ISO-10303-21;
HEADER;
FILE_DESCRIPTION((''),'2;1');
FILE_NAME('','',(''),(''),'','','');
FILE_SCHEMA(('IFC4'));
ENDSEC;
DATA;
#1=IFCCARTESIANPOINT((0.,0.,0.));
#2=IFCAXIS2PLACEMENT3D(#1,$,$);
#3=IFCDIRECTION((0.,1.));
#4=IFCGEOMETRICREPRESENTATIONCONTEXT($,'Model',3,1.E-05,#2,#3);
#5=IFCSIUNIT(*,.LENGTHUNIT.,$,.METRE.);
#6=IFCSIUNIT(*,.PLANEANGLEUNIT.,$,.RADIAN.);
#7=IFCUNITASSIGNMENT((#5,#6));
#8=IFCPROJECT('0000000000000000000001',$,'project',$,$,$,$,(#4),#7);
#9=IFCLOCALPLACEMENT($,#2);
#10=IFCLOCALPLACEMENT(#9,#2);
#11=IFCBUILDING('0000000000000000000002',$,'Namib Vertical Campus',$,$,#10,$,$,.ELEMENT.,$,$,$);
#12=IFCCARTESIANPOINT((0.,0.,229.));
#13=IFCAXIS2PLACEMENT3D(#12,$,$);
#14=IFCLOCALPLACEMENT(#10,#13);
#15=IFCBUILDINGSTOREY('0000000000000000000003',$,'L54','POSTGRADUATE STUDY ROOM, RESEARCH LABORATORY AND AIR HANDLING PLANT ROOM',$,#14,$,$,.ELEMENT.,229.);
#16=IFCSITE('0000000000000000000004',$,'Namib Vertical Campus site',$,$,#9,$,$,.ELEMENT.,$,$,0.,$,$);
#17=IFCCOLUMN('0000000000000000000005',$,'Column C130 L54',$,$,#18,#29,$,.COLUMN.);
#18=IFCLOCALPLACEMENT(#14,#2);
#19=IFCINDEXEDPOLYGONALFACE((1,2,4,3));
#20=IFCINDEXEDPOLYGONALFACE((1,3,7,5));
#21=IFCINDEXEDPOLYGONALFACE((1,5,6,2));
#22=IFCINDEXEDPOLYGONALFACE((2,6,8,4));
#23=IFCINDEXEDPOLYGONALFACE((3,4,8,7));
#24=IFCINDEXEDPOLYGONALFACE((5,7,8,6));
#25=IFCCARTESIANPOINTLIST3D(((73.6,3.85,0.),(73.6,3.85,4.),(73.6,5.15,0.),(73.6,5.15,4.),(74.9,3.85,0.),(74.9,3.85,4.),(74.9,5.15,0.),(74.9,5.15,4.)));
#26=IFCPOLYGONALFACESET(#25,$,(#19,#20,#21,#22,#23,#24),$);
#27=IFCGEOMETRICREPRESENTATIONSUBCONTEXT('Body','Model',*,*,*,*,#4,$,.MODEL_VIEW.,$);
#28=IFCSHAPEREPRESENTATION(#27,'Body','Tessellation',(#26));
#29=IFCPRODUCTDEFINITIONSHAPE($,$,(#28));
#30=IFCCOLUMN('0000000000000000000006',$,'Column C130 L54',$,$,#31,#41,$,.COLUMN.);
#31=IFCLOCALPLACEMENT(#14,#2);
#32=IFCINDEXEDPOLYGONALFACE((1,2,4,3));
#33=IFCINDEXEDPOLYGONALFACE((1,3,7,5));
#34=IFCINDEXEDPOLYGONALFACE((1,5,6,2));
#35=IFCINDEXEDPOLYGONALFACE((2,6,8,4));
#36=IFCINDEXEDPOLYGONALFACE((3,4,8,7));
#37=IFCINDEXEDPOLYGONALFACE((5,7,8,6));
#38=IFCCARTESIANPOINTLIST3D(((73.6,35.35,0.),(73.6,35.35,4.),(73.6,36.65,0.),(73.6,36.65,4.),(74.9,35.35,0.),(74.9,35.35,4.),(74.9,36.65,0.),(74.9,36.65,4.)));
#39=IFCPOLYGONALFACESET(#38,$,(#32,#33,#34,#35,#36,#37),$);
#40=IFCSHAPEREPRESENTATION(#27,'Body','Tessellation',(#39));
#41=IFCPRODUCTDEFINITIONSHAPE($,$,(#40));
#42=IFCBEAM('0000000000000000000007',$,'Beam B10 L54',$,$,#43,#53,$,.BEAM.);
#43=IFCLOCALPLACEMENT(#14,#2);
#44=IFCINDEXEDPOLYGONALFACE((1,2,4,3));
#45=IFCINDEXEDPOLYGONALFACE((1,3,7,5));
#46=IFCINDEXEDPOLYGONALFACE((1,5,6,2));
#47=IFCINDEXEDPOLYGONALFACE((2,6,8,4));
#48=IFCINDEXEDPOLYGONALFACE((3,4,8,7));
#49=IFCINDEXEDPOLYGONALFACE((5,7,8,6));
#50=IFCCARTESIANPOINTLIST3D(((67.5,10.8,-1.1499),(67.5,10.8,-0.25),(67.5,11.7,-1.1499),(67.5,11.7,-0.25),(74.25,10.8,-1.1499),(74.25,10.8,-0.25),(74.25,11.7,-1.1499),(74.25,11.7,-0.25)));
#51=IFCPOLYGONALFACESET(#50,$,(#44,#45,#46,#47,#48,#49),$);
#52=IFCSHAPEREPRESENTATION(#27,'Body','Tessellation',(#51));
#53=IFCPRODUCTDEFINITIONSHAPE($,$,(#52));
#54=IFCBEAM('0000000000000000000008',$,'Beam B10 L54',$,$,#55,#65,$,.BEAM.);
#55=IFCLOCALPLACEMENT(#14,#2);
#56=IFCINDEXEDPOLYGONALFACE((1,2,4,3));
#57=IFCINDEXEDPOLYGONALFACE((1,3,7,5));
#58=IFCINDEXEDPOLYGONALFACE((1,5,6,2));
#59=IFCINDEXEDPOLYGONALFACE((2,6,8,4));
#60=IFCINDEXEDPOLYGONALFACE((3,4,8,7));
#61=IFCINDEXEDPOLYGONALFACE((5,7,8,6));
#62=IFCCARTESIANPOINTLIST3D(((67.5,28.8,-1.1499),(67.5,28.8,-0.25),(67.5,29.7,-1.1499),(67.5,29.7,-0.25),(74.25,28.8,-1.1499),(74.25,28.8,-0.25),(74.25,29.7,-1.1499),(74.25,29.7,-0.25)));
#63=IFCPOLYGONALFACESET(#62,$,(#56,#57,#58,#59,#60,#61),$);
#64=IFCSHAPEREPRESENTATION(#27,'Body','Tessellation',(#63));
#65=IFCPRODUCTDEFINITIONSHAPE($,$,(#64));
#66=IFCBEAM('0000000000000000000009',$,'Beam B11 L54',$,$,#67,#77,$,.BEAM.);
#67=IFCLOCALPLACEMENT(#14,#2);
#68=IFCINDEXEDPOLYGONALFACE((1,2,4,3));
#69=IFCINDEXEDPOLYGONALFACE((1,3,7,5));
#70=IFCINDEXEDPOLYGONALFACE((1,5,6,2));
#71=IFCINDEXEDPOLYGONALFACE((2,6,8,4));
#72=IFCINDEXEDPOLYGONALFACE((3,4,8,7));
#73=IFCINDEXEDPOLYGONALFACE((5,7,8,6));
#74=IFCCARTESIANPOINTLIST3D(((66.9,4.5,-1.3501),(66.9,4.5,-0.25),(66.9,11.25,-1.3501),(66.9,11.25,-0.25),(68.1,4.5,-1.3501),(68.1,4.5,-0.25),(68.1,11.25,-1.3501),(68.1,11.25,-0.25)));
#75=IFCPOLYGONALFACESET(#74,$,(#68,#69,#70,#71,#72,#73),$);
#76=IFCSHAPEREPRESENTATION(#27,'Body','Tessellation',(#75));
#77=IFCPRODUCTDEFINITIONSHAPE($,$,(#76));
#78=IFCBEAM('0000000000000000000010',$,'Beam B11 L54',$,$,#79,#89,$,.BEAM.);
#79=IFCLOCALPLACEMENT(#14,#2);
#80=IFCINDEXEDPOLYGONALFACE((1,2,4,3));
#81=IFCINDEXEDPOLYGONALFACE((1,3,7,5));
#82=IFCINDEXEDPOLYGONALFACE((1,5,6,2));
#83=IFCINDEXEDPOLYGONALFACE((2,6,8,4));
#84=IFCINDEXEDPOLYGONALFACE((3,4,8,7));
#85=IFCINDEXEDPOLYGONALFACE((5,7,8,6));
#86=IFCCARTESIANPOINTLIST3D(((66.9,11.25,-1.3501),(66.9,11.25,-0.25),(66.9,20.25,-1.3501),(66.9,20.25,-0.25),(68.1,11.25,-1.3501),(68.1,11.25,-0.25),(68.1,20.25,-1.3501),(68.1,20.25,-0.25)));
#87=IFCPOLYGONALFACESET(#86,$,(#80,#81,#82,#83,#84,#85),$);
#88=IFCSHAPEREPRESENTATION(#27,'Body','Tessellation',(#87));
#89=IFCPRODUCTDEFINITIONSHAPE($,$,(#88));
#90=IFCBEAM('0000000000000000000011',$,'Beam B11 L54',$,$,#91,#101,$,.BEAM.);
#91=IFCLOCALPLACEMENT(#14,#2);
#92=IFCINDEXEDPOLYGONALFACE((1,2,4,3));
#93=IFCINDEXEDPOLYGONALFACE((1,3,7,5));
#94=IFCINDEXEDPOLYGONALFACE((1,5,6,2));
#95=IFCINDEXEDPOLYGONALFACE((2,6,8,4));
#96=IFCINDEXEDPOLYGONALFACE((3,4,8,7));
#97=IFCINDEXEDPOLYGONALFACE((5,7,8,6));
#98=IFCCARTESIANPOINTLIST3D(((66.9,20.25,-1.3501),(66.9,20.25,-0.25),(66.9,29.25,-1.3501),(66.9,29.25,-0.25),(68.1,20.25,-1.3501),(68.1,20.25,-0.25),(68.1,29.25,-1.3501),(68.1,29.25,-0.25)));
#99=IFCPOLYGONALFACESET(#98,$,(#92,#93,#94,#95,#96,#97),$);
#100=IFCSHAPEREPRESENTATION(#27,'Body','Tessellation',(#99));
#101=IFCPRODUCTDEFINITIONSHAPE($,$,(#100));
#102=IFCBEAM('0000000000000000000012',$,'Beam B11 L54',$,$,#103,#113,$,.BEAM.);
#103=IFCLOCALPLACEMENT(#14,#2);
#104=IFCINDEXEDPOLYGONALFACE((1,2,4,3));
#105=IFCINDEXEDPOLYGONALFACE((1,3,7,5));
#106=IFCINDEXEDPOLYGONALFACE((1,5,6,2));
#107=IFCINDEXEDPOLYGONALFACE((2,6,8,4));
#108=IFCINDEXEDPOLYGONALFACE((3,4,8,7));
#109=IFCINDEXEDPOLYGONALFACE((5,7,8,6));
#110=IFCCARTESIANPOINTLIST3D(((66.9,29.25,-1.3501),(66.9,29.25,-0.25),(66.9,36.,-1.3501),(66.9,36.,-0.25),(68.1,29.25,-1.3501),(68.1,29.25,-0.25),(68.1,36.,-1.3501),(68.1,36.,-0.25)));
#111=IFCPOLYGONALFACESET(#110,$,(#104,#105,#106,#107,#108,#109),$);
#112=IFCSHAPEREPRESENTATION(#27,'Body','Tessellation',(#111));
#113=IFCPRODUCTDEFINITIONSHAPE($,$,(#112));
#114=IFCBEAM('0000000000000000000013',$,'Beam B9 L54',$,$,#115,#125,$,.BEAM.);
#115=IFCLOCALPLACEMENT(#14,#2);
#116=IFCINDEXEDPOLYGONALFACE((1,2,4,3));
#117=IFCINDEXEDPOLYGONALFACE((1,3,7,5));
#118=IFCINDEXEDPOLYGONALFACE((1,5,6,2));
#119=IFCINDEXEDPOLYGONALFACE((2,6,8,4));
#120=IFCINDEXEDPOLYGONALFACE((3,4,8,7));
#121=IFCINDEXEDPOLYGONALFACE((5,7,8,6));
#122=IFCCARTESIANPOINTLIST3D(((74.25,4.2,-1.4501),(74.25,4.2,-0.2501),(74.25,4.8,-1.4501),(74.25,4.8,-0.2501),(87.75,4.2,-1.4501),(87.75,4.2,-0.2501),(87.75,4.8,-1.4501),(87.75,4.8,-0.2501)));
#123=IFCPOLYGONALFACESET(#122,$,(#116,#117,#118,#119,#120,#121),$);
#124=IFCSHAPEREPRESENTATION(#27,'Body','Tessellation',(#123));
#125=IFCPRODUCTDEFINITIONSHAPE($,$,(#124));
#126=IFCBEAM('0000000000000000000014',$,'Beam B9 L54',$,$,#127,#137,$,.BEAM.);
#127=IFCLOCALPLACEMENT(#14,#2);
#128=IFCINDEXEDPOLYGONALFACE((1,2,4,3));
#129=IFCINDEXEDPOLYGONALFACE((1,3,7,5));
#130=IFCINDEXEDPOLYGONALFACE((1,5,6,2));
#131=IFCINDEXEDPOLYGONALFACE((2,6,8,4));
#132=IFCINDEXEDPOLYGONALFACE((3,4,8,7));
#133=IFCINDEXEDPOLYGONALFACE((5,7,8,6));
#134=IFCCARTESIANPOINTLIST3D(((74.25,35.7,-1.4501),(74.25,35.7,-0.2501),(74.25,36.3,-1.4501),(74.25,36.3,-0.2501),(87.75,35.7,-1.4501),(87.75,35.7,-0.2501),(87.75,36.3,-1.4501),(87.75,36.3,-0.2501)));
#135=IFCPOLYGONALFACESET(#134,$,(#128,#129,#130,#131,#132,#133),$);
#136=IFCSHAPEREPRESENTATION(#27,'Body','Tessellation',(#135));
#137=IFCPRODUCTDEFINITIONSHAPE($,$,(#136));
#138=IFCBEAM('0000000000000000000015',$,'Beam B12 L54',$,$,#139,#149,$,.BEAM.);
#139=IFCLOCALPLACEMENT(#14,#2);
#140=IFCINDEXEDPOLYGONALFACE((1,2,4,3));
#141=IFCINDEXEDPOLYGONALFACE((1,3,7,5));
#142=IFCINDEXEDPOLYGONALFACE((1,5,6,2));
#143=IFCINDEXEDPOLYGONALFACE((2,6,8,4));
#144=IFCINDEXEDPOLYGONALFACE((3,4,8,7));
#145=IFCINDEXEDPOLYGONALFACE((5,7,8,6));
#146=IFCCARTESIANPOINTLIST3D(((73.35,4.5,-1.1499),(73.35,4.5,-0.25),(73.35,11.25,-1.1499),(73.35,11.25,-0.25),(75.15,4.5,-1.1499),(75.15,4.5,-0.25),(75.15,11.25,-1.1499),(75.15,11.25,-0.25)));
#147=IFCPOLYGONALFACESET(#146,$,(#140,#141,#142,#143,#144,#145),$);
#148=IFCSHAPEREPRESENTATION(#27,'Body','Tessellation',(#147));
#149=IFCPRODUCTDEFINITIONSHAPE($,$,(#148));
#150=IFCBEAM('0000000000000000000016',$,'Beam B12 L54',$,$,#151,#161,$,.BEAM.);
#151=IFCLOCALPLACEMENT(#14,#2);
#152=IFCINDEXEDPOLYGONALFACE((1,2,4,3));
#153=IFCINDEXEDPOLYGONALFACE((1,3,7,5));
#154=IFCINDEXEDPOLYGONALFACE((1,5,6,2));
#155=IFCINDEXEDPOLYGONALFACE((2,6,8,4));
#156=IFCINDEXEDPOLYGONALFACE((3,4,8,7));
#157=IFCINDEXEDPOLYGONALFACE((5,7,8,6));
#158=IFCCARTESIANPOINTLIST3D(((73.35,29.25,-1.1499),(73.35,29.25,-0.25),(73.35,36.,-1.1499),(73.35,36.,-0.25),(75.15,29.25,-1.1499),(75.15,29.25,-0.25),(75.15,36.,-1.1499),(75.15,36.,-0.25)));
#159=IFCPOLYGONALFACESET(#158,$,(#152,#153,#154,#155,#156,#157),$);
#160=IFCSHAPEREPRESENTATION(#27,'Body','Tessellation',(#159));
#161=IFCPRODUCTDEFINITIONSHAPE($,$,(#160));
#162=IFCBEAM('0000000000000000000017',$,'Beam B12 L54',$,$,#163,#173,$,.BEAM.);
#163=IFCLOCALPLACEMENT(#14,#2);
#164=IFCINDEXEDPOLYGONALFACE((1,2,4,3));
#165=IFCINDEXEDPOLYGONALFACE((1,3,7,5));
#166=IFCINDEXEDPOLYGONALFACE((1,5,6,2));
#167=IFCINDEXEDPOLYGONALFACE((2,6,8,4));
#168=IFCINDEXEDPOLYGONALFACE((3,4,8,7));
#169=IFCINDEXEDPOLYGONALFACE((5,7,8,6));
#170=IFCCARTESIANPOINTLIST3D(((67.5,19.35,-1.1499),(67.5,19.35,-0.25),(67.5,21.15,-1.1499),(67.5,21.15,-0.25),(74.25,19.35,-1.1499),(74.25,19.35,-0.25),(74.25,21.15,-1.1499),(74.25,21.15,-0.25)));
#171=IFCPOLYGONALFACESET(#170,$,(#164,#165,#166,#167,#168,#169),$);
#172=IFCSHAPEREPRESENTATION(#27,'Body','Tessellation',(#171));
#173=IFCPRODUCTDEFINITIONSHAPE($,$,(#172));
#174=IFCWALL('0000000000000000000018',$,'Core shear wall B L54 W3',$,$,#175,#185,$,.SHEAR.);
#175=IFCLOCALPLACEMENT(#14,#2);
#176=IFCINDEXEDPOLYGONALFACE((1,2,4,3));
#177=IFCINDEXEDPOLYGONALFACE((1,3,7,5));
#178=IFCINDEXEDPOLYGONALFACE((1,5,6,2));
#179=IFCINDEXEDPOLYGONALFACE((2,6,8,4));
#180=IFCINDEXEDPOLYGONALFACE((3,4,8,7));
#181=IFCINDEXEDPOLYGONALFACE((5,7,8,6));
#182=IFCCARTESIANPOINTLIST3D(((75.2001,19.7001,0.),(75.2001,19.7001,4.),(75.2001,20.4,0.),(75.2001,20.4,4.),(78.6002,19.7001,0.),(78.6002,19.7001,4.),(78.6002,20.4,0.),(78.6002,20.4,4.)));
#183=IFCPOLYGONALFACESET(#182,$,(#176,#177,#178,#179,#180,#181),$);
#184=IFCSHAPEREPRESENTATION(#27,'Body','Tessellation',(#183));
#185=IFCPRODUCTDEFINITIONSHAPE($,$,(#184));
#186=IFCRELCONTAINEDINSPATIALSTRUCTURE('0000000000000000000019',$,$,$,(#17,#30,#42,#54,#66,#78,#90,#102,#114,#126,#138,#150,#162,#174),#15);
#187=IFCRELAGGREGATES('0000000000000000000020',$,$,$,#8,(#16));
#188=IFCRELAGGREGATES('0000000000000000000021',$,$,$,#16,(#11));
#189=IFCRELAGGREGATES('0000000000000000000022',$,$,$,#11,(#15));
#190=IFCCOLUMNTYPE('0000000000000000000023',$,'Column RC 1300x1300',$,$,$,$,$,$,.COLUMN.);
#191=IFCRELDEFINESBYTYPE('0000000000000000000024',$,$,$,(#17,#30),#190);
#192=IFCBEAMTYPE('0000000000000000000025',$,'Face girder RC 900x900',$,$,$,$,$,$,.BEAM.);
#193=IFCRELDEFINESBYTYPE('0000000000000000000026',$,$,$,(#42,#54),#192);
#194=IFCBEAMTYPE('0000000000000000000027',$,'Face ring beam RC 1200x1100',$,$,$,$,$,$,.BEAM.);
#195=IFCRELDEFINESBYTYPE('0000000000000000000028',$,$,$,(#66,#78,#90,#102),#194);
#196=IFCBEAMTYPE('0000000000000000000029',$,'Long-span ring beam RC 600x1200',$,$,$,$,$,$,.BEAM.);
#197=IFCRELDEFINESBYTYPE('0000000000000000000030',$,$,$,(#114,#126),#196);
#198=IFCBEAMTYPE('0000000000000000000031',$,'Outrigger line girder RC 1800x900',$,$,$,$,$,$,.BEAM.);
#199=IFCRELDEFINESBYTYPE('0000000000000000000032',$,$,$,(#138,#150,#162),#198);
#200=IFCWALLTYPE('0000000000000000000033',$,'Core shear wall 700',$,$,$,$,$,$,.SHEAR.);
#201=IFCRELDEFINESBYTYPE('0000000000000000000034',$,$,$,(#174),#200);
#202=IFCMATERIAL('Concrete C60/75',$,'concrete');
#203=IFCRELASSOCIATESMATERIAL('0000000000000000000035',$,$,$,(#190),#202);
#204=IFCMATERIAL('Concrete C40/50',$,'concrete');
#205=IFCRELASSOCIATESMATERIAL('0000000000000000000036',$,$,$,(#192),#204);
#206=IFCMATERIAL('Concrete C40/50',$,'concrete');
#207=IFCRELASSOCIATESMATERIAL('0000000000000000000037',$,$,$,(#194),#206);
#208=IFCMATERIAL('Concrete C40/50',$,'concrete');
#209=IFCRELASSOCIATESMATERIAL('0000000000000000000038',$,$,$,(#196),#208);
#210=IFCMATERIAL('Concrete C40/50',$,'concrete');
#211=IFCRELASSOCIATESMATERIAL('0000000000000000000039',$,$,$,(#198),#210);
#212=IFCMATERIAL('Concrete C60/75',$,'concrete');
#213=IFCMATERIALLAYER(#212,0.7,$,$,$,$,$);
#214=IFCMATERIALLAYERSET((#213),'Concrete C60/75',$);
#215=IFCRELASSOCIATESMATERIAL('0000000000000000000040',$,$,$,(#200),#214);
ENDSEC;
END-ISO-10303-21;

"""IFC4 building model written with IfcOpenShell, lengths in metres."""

from ifc_helpers import new_model, si_unit, direction, frame, frame_2d, origin, origin_2d, place, context, subcontext, project, spatial, rectangle, extrude, material, layer, layer_set, material_profile, profile_set, type_object, element, save


model = new_model("IFC4")

# Units and contexts
model_context = context("Model", 3, precision=1e-05, world=origin(), true_north=direction((0.0, 1.0)))
body_context = subcontext(model_context, "Body", "Model", "MODEL_VIEW")
ifc_project = project(units=[si_unit("LENGTHUNIT", "METRE"), si_unit("PLANEANGLEUNIT", "RADIAN")], contexts=[model_context])

# Site, building, storey
site_placement = place(None, origin())
site = spatial("IfcSite", under=ifc_project, at=site_placement, Name="Namib Vertical Campus site", CompositionType="ELEMENT", RefElevation=0.0)
building_placement = place(site_placement, origin())
building = spatial("IfcBuilding", under=site, at=building_placement, Name="Namib Vertical Campus", CompositionType="ELEMENT")
storey_placement = place(building_placement, frame((0.0, 0.0, 229.0)))
storey = spatial("IfcBuildingStorey", under=building, at=storey_placement, Name="L54", Description="POSTGRADUATE STUDY ROOM, RESEARCH LABORATORY AND AIR HANDLING PLANT ROOM", CompositionType="ELEMENT", Elevation=229.0)

# Columns
ifc_material_1 = material(Name="Concrete C60/75", Category="concrete")
ifc_material_profile_1 = material_profile(ifc_material_1, rectangle(XDim=1.3, YDim=1.3, at=origin_2d()))
ifc_profile_set_1 = profile_set([ifc_material_profile_1], Name="Concrete C60/75")
column_type = type_object("IfcColumnType", Name="Column RC 1300x1300", PredefinedType="COLUMN", material=ifc_profile_set_1)
for number, where, z_axis, x_axis, name in (
    (1, (74.25, 4.5, 0.0), (0.0, 0.0, 1.0), (1.0, 0.0, 0.0), "Column C130 L54"),
    (2, (74.25, 36.0, 0.0), (0.0, 0.0, 1.0), (1.0, 0.0, 0.0), "Column C130 L54"),
):
    element("IfcColumn", number, at=place(storey_placement, frame(where, z_axis=z_axis, x_axis=x_axis)), inside=storey, type_object=column_type, Name=name, PredefinedType="COLUMN", context=body_context, shape_type="SweptSolid", body=[
        extrude(rectangle(XDim=1.3, YDim=1.3, at=origin_2d()), origin(), (0.0, 0.0, 1.0), 4.0),
    ])

# Beams
ifc_material_2 = material(Name="Concrete C40/50", Category="concrete")
ifc_material_profile_2 = material_profile(ifc_material_2, rectangle(XDim=0.8999, YDim=0.8999, at=origin_2d()))
ifc_profile_set_2 = profile_set([ifc_material_profile_2], Name="Concrete C40/50")
beam_type_1 = type_object("IfcBeamType", Name="Face girder RC 900x900", PredefinedType="BEAM", material=ifc_profile_set_2)
for number, where, z_axis, x_axis, name in (
    (3, (67.5, 11.25, -0.7), (1.0, 0.0, 0.0), (0.0, 1.0, 0.0), "Beam B10 L54"),
    (4, (67.5, 29.25, -0.7), (1.0, 0.0, 0.0), (0.0, 1.0, 0.0), "Beam B10 L54"),
):
    element("IfcBeam", number, at=place(storey_placement, frame(where, z_axis=z_axis, x_axis=x_axis)), inside=storey, type_object=beam_type_1, Name=name, PredefinedType="BEAM", context=body_context, shape_type="SweptSolid", body=[
        extrude(rectangle(XDim=0.8999, YDim=0.8999, at=origin_2d()), origin(), (0.0, 0.0, 1.0), 6.75),
    ])
ifc_material_3 = material(Name="Concrete C40/50", Category="concrete")
ifc_material_profile_3 = material_profile(ifc_material_3, rectangle(XDim=1.2, YDim=1.1001, at=origin_2d()))
ifc_profile_set_3 = profile_set([ifc_material_profile_3], Name="Concrete C40/50")
beam_type_2 = type_object("IfcBeamType", Name="Face ring beam RC 1200x1100", PredefinedType="BEAM", material=ifc_profile_set_3)
beam_1_placement = place(storey_placement, frame((67.5, 4.5, -0.8), z_axis=(0.0, 1.0, 0.0), x_axis=(-1.0, 0.0, 0.0)))
element("IfcBeam", 5, at=beam_1_placement, inside=storey, type_object=beam_type_2, Name="Beam B11 L54", PredefinedType="BEAM", context=body_context, shape_type="SweptSolid", body=[
    extrude(rectangle(XDim=1.2, YDim=1.1001, at=origin_2d()), origin(), (0.0, 0.0, 1.0), 6.75),
])
for number, where, z_axis, x_axis, name in (
    (6, (67.5, 11.25, -0.8), (0.0, 1.0, 0.0), (-1.0, 0.0, 0.0), "Beam B11 L54"),
    (7, (67.5, 20.25, -0.8), (0.0, 1.0, 0.0), (-1.0, 0.0, 0.0), "Beam B11 L54"),
):
    element("IfcBeam", number, at=place(storey_placement, frame(where, z_axis=z_axis, x_axis=x_axis)), inside=storey, type_object=beam_type_2, Name=name, PredefinedType="BEAM", context=body_context, shape_type="SweptSolid", body=[
        extrude(rectangle(XDim=1.2, YDim=1.1001, at=origin_2d()), origin(), (0.0, 0.0, 1.0), 9.0),
    ])
beam_2_placement = place(storey_placement, frame((67.5, 29.25, -0.8), z_axis=(0.0, 1.0, 0.0), x_axis=(-1.0, 0.0, 0.0)))
element("IfcBeam", 8, at=beam_2_placement, inside=storey, type_object=beam_type_2, Name="Beam B11 L54", PredefinedType="BEAM", context=body_context, shape_type="SweptSolid", body=[
    extrude(rectangle(XDim=1.2, YDim=1.1001, at=origin_2d()), origin(), (0.0, 0.0, 1.0), 6.75),
])
ifc_material_4 = material(Name="Concrete C40/50", Category="concrete")
ifc_material_profile_4 = material_profile(ifc_material_4, rectangle(XDim=0.6001, YDim=1.2, at=origin_2d()))
ifc_profile_set_4 = profile_set([ifc_material_profile_4], Name="Concrete C40/50")
beam_type_3 = type_object("IfcBeamType", Name="Long-span ring beam RC 600x1200", PredefinedType="BEAM", material=ifc_profile_set_4)
for number, where, z_axis, x_axis, name in (
    (9, (74.25, 4.5, -0.8501), (1.0, 0.0, 0.0), (0.0, 1.0, 0.0), "Beam B9 L54"),
    (10, (74.25, 36.0, -0.8501), (1.0, 0.0, 0.0), (0.0, 1.0, 0.0), "Beam B9 L54"),
):
    element("IfcBeam", number, at=place(storey_placement, frame(where, z_axis=z_axis, x_axis=x_axis)), inside=storey, type_object=beam_type_3, Name=name, PredefinedType="BEAM", context=body_context, shape_type="SweptSolid", body=[
        extrude(rectangle(XDim=0.6001, YDim=1.2, at=origin_2d()), origin(), (0.0, 0.0, 1.0), 13.5),
    ])
ifc_material_5 = material(Name="Concrete C40/50", Category="concrete")
ifc_material_profile_5 = material_profile(ifc_material_5, rectangle(XDim=1.8, YDim=0.8999, at=origin_2d()))
ifc_profile_set_5 = profile_set([ifc_material_profile_5], Name="Concrete C40/50")
beam_type_4 = type_object("IfcBeamType", Name="Outrigger line girder RC 1800x900", PredefinedType="BEAM", material=ifc_profile_set_5)
for number, where, z_axis, x_axis, name in (
    (11, (74.25, 4.5, -0.7), (0.0, 1.0, 0.0), (-1.0, 0.0, 0.0), "Beam B12 L54"),
    (12, (74.25, 36.0, -0.7), (0.0, -1.0, 0.0), (1.0, 0.0, 0.0), "Beam B12 L54"),
    (13, (67.5, 20.25, -0.7), (1.0, 0.0, 0.0), (0.0, 1.0, 0.0), "Beam B12 L54"),
):
    element("IfcBeam", number, at=place(storey_placement, frame(where, z_axis=z_axis, x_axis=x_axis)), inside=storey, type_object=beam_type_4, Name=name, PredefinedType="BEAM", context=body_context, shape_type="SweptSolid", body=[
        extrude(rectangle(XDim=1.8, YDim=0.8999, at=origin_2d()), origin(), (0.0, 0.0, 1.0), 6.75),
    ])

# Wall
ifc_material_6 = material(Name="Concrete C60/75", Category="concrete")
ifc_layer_1 = layer(ifc_material_6, 0.7)
ifc_layer_set_1 = layer_set([ifc_layer_1], Name="Concrete C60/75")
wall_type_1 = type_object("IfcWallType", Name="Core shear wall 700", PredefinedType="SHEAR", material=ifc_layer_set_1)
wall_1_placement = place(storey_placement, frame((75.2, 20.05, 0.0), z_axis=(0.0, 0.0, 1.0), x_axis=(1.0, 0.0, 0.0)))
element("IfcWall", 14, at=wall_1_placement, inside=storey, type_object=wall_type_1, Name="Core shear wall B L54 W3", PredefinedType="SHEAR", context=body_context, shape_type="SweptSolid", body=[
    extrude(rectangle(XDim=3.4001, YDim=0.7, at=frame_2d((1.7002, 0.0))), origin(), (0.0, 0.0, 1.0), 4.0),
])

save(model, "model.ifc")
